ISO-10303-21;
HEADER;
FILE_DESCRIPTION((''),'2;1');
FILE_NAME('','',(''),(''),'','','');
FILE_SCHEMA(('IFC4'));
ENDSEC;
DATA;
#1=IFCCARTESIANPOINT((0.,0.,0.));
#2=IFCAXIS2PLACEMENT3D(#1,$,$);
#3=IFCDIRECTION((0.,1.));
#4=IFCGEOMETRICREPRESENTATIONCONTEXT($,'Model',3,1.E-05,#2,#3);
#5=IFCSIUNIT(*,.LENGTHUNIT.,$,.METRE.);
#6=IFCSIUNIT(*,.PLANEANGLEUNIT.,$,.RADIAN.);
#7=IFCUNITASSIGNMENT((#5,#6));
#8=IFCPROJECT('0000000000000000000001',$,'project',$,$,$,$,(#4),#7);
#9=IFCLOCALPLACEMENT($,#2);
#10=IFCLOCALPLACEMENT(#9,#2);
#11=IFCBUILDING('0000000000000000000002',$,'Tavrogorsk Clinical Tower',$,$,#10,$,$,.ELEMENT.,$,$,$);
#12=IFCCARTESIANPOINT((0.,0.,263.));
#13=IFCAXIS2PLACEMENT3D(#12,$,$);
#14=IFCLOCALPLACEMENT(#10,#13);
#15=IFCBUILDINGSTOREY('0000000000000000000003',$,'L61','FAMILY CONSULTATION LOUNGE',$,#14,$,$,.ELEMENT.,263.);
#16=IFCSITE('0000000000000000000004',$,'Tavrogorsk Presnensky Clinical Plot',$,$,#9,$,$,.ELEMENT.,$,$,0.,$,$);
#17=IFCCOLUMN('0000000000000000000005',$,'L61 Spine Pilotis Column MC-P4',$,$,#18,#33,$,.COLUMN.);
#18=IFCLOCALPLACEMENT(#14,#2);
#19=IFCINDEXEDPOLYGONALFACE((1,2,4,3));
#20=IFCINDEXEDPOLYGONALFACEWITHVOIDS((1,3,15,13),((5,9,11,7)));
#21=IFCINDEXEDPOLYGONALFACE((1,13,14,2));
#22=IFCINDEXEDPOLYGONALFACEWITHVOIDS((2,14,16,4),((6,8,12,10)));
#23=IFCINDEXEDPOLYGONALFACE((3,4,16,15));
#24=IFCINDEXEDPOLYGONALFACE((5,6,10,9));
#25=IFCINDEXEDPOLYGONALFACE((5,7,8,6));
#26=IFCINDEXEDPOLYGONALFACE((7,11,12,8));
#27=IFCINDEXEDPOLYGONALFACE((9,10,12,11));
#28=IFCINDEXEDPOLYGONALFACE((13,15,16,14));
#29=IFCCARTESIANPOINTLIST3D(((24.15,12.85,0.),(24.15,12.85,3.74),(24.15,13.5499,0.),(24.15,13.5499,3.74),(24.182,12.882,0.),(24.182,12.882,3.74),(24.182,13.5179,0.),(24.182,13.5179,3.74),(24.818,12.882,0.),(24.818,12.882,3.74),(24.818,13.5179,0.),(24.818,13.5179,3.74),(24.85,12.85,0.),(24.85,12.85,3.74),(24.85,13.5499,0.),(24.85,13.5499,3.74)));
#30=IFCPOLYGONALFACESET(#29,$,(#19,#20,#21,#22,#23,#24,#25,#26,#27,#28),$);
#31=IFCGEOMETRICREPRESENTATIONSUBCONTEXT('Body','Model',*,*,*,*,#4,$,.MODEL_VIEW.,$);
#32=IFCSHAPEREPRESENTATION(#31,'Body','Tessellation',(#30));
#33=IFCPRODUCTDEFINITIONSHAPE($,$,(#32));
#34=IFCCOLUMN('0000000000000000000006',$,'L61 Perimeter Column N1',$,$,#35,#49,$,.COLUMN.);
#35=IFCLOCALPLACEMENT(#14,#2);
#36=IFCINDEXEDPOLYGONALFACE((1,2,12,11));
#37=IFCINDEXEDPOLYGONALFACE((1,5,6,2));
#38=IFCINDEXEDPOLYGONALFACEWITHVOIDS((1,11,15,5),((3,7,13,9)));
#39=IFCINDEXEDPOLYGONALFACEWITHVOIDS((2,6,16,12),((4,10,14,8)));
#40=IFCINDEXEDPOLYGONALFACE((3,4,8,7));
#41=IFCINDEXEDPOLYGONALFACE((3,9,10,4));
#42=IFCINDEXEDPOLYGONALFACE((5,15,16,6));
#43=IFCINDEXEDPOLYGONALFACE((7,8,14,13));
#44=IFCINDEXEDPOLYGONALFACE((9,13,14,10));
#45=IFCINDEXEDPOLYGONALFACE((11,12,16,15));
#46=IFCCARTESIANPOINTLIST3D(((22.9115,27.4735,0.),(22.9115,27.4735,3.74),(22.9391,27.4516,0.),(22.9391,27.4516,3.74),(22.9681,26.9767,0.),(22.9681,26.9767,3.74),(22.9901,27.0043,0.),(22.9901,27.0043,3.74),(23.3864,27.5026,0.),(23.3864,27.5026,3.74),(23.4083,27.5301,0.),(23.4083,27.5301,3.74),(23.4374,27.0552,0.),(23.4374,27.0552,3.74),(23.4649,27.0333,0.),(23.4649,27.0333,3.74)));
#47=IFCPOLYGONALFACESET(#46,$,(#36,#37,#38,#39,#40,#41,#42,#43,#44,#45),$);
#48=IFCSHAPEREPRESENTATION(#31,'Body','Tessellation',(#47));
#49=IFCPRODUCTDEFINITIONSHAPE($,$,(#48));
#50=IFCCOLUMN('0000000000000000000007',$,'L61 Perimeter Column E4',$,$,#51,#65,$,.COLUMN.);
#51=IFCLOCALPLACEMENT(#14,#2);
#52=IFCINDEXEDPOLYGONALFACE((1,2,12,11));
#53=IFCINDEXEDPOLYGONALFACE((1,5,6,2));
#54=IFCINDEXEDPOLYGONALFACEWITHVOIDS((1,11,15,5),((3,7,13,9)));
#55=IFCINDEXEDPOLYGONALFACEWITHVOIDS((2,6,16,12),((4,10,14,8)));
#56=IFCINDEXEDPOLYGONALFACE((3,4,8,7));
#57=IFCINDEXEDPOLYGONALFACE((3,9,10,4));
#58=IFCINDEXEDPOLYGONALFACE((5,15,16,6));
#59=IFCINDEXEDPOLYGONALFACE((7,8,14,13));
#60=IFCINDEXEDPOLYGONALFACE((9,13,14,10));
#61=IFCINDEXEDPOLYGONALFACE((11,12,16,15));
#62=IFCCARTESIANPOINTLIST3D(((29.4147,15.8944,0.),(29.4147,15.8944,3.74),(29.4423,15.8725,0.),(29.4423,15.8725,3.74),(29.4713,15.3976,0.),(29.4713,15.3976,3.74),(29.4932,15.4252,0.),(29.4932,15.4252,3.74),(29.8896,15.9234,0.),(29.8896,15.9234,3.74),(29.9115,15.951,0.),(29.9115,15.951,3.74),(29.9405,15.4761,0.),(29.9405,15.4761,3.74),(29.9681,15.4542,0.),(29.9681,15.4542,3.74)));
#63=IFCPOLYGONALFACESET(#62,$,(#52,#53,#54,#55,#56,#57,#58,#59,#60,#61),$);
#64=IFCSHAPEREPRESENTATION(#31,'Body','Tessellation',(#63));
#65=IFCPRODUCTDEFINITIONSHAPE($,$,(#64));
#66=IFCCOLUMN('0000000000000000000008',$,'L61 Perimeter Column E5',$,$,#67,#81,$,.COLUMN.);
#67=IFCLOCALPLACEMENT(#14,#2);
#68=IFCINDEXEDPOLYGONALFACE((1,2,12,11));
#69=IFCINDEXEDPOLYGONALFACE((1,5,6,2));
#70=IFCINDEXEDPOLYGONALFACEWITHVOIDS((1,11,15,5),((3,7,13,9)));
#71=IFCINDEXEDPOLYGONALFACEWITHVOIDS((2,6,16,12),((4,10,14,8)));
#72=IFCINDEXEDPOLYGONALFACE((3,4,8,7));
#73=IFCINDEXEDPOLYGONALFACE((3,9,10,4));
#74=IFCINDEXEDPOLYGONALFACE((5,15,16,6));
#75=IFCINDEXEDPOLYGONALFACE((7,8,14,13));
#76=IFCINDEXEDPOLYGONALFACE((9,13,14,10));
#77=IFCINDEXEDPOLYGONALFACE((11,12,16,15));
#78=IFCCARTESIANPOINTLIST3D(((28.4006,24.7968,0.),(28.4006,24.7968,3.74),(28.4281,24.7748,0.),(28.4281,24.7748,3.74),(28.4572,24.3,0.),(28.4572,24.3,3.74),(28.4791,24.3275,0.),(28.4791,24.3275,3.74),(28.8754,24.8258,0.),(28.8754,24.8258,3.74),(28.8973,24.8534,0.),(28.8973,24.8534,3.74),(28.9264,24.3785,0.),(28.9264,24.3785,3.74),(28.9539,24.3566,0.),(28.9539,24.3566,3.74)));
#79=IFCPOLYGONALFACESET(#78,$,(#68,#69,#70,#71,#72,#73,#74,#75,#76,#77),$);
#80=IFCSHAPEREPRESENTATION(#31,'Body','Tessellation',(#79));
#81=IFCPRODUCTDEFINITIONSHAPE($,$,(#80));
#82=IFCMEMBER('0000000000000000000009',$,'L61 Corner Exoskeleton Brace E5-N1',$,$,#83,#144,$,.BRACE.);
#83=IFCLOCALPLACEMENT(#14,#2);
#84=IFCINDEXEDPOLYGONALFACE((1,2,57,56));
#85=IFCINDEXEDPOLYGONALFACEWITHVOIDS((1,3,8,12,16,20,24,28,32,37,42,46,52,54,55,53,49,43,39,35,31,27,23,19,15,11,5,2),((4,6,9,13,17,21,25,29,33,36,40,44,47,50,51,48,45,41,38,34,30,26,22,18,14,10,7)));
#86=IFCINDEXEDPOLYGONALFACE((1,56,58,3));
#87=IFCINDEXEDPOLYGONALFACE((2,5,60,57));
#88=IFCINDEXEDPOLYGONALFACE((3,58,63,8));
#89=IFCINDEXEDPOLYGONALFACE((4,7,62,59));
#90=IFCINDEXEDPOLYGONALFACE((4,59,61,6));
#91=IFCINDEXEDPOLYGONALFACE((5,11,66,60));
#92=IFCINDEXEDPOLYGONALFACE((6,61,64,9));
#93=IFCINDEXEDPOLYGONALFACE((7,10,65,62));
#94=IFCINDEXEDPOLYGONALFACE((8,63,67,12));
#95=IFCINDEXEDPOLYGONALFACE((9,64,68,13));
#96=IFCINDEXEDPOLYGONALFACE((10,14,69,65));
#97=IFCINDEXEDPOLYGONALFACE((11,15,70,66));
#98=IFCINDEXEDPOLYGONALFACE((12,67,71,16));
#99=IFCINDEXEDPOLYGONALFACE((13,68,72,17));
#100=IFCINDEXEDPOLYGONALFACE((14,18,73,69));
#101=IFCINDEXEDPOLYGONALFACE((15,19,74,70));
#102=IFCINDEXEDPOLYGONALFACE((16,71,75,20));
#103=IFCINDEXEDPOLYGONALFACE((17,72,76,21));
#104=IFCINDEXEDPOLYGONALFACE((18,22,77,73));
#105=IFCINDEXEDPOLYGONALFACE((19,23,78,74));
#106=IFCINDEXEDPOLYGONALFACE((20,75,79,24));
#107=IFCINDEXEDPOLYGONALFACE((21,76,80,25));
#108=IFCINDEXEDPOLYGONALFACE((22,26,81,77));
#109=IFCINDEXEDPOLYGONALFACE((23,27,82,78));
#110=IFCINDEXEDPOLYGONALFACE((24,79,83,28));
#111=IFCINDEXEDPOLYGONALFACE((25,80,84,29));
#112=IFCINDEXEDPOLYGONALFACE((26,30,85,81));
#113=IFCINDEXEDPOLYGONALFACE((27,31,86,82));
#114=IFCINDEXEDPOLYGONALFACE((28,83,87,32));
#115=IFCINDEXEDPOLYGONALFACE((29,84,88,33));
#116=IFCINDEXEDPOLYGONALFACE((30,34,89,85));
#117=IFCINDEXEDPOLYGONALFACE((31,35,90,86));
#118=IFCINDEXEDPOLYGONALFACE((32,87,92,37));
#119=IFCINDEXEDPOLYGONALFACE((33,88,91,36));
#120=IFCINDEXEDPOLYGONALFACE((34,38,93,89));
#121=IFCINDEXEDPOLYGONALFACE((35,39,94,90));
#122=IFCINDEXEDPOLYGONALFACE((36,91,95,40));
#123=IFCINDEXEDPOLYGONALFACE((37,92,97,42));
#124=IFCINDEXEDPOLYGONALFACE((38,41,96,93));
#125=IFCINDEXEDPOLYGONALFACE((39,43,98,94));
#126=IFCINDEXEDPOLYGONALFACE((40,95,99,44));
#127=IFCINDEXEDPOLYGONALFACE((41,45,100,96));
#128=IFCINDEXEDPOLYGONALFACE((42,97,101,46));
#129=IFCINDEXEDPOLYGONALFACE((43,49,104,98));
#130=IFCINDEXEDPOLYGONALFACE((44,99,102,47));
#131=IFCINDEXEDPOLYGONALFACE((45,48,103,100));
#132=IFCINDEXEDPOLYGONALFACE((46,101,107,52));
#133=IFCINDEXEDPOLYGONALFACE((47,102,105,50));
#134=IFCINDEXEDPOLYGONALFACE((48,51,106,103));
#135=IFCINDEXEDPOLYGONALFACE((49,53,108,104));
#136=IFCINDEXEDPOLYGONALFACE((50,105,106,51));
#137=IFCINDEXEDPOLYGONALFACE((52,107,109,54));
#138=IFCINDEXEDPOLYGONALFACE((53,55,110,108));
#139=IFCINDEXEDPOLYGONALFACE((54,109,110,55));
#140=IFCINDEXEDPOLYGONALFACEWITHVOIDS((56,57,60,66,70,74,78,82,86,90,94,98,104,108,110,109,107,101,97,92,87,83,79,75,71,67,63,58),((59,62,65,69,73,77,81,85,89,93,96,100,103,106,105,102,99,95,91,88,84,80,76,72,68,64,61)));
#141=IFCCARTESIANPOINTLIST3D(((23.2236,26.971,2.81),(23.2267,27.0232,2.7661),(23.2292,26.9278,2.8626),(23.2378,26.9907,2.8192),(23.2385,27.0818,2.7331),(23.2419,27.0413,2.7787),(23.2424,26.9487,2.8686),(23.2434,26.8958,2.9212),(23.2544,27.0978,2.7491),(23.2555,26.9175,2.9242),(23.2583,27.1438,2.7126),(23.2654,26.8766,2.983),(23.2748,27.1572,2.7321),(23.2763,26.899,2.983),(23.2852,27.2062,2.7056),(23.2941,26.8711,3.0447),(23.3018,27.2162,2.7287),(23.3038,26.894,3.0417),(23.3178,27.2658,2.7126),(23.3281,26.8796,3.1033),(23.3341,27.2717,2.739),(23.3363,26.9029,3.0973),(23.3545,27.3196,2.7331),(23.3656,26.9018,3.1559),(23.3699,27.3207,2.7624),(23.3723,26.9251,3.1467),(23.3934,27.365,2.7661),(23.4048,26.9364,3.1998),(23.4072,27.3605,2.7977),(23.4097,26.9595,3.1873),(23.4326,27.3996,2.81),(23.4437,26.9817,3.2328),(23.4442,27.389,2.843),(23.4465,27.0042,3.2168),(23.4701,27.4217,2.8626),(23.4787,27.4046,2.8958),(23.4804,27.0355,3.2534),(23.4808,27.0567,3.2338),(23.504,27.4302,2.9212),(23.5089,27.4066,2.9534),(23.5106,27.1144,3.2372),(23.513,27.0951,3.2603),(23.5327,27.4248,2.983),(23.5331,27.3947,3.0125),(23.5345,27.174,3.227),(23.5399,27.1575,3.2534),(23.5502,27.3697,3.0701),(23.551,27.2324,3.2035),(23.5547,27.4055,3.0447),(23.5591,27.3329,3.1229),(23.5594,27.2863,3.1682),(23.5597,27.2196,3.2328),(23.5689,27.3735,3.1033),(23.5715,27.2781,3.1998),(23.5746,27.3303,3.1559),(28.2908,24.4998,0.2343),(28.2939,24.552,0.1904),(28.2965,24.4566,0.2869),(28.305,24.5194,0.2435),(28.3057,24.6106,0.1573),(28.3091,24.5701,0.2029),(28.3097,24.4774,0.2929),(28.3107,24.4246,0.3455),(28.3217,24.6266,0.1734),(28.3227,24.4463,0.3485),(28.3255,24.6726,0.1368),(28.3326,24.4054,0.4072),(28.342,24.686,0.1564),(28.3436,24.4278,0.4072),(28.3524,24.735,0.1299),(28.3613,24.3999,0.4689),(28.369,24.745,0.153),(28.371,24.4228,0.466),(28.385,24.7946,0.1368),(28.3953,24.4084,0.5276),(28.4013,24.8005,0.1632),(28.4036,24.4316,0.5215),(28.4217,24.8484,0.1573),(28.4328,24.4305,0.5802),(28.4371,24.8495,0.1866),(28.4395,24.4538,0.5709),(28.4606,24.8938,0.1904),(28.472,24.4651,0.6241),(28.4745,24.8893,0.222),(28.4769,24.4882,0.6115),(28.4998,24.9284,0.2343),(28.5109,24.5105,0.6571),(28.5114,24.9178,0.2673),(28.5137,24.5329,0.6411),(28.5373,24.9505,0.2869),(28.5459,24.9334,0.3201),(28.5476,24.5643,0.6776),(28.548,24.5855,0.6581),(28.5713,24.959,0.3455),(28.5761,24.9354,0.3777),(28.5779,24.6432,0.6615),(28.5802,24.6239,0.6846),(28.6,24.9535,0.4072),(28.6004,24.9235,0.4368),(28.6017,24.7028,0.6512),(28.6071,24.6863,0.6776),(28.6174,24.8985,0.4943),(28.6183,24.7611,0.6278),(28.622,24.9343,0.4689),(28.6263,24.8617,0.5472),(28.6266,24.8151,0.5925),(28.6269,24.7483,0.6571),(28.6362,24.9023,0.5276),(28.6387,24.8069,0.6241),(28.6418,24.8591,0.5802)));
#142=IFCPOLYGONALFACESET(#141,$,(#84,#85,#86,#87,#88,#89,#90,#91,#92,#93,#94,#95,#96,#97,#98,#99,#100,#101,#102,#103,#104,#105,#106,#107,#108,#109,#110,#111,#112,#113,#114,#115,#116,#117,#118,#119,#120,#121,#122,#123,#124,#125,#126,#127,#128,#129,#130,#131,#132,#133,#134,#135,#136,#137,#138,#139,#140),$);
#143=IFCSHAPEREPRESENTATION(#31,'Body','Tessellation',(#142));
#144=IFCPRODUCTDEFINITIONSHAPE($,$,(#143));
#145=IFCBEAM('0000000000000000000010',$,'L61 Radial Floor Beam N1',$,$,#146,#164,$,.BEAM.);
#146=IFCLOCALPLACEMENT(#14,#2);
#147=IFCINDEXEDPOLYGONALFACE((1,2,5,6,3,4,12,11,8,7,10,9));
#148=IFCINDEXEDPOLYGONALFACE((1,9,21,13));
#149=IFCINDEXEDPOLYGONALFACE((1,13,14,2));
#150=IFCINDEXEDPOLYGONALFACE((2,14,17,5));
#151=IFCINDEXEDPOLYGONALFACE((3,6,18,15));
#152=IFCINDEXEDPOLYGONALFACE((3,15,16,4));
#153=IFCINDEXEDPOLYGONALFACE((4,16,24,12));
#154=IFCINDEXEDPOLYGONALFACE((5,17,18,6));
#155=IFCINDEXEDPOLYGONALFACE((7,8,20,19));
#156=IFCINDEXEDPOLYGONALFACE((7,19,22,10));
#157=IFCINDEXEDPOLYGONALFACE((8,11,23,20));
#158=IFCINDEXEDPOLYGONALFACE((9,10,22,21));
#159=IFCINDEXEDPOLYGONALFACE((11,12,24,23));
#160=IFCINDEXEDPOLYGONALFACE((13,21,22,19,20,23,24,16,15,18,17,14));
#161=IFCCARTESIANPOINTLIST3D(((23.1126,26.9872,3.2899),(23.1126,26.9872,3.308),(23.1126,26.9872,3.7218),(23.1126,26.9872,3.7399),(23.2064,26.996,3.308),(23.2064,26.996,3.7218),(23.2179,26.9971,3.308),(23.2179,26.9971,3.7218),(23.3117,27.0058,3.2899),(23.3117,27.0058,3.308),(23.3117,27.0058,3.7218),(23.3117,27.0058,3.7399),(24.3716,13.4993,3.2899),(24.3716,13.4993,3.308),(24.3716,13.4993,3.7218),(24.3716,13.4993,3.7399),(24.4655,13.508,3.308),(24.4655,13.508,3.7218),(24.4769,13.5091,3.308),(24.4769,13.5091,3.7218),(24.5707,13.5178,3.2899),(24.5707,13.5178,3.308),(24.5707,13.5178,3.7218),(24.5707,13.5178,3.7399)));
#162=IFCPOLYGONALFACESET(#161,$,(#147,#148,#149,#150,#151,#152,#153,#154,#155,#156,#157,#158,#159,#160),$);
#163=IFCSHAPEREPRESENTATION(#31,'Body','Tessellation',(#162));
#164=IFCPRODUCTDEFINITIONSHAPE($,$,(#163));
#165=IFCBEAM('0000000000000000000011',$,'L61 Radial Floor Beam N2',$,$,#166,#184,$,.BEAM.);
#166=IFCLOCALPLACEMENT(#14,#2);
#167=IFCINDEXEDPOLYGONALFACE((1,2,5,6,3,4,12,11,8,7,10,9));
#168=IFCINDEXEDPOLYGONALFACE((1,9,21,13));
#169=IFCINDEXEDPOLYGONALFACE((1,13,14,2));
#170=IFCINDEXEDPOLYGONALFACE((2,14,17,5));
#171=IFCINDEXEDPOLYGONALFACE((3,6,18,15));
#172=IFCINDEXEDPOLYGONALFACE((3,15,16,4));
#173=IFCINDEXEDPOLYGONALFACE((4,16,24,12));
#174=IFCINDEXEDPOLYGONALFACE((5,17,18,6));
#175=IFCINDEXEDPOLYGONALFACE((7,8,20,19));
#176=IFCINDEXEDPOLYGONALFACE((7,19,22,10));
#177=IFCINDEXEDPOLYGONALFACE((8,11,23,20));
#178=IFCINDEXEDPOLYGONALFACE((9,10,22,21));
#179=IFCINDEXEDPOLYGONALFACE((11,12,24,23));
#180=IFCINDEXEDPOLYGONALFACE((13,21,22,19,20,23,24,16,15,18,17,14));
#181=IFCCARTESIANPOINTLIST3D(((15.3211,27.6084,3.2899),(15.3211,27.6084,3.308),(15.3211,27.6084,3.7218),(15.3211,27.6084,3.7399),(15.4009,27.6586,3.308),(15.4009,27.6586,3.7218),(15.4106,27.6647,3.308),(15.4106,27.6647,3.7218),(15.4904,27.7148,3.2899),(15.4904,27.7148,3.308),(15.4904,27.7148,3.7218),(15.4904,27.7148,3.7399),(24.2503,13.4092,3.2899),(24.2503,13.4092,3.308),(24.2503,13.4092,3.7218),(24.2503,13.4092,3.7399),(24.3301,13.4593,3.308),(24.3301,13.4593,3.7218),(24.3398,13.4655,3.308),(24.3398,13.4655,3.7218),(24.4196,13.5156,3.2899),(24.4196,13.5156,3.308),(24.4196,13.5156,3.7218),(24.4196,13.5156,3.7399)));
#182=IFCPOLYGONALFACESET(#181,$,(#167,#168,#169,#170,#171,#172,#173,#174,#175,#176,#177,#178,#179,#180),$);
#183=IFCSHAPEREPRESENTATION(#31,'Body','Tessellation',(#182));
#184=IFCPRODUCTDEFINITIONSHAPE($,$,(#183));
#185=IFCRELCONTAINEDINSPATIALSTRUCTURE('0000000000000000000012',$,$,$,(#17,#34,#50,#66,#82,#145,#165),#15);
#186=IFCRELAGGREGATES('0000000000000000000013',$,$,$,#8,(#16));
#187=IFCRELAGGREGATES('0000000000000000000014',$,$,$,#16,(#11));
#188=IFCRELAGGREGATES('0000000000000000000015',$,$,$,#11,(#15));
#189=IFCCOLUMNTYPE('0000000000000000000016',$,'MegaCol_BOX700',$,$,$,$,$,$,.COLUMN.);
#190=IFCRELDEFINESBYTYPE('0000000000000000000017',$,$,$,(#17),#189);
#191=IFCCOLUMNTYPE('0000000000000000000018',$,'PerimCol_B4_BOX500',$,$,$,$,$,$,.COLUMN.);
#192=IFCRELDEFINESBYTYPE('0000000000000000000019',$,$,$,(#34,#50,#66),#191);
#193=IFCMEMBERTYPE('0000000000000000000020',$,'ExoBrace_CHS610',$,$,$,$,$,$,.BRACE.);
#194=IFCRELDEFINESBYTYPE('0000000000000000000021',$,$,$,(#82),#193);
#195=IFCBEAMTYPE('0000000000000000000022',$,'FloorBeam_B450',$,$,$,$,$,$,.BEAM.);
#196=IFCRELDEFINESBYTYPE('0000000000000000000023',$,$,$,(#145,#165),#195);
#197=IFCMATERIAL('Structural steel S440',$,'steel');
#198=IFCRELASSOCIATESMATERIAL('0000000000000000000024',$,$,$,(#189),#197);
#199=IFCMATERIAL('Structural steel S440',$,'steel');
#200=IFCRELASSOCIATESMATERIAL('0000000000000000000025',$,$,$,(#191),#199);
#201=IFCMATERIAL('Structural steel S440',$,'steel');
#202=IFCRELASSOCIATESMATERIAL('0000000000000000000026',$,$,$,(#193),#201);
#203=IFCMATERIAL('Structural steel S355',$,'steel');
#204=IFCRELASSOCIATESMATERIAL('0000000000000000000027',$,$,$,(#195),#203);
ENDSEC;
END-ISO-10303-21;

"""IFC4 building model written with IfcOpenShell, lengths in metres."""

from ifc_helpers import new_model, si_unit, direction, frame, origin, origin_2d, place, context, subcontext, project, spatial, hollow_rectangle, hollow_circle, i_section, extrude, material, material_profile, profile_set, type_object, element, save


model = new_model("IFC4")

# Units and contexts
model_context = context("Model", 3, precision=1e-05, world=origin(), true_north=direction((0.0, 1.0)))
body_context = subcontext(model_context, "Body", "Model", "MODEL_VIEW")
ifc_project = project(units=[si_unit("LENGTHUNIT", "METRE"), si_unit("PLANEANGLEUNIT", "RADIAN")], contexts=[model_context])

# Site, building, storey
site_placement = place(None, origin())
site = spatial("IfcSite", under=ifc_project, at=site_placement, Name="Tavrogorsk Presnensky Clinical Plot", CompositionType="ELEMENT", RefElevation=0.0)
building_placement = place(site_placement, origin())
building = spatial("IfcBuilding", under=site, at=building_placement, Name="Tavrogorsk Clinical Tower", CompositionType="ELEMENT")
storey_placement = place(building_placement, frame((0.0, 0.0, 263.0)))
storey = spatial("IfcBuildingStorey", under=building, at=storey_placement, Name="L61", Description="FAMILY CONSULTATION LOUNGE", CompositionType="ELEMENT", Elevation=263.0)

# Columns
ifc_material_1 = material(Name="Structural steel S440", Category="steel")
ifc_material_profile_1 = material_profile(ifc_material_1, hollow_rectangle(XDim=0.7, YDim=0.7, WallThickness=0.032, at=origin_2d()), Name="BOX-700x700x32")
ifc_profile_set_1 = profile_set([ifc_material_profile_1], Name="Structural steel S440")
column_type_1 = type_object("IfcColumnType", Name="MegaCol_BOX700", PredefinedType="COLUMN", material=ifc_profile_set_1)
column_placement = place(storey_placement, frame((24.5, 13.2, 0.0), z_axis=(0.0, 0.0, 1.0), x_axis=(1.0, 0.0, 0.0)))
element("IfcColumn", 1, at=column_placement, inside=storey, type_object=column_type_1, Name="L61 Spine Pilotis Column MC-P4", PredefinedType="COLUMN", context=body_context, shape_type="SweptSolid", body=[
    extrude(hollow_rectangle(XDim=0.7, YDim=0.7, WallThickness=0.032, at=origin_2d()), origin(), (0.0, 0.0, 1.0), 3.74),
])
ifc_material_2 = material(Name="Structural steel S440", Category="steel")
ifc_material_profile_2 = material_profile(ifc_material_2, hollow_rectangle(XDim=0.5, YDim=0.5, WallThickness=0.0249, at=origin_2d()), Name="BOX-500x500x25")
ifc_profile_set_2 = profile_set([ifc_material_profile_2], Name="Structural steel S440")
column_type_2 = type_object("IfcColumnType", Name="PerimCol_B4_BOX500", PredefinedType="COLUMN", material=ifc_profile_set_2)
for number, where, z_axis, x_axis, name in (
    (2, (23.1882, 27.2534, 0.0), (0.0, 0.0, 1.0), (0.993572, 0.113203, 0.0), "L61 Perimeter Column N1"),
    (3, (29.6914, 15.6743, 0.0), (0.0, 0.0, 1.0), (0.993572, 0.113203, 0.0), "L61 Perimeter Column E4"),
    (4, (28.6772, 24.5767, 0.0), (0.0, 0.0, 1.0), (0.993572, 0.113203, 0.0), "L61 Perimeter Column E5"),
):
    element("IfcColumn", number, at=place(storey_placement, frame(where, z_axis=z_axis, x_axis=x_axis)), inside=storey, type_object=column_type_2, Name=name, PredefinedType="COLUMN", context=body_context, shape_type="SweptSolid", body=[
        extrude(hollow_rectangle(XDim=0.5, YDim=0.5, WallThickness=0.0249, at=origin_2d()), origin(), (0.0, 0.0, 1.0), 3.74),
    ])

# Member
ifc_material_3 = material(Name="Structural steel S440", Category="steel")
ifc_material_profile_3 = material_profile(ifc_material_3, hollow_circle(Radius=0.3049, WallThickness=0.0249, at=origin_2d()), Name="CHS-610x25")
ifc_profile_set_3 = profile_set([ifc_material_profile_3], Name="Structural steel S440")
member_type_1 = type_object("IfcMemberType", Name="ExoBrace_CHS610", PredefinedType="BRACE", material=ifc_profile_set_3)
member_placement = place(storey_placement, frame((28.4663, 24.6794, 0.4072), z_axis=(-0.817527, 0.398699, 0.415558), x_axis=(-0.43834, -0.898809, 0.0)))
element("IfcMember", 5, at=member_placement, inside=storey, type_object=member_type_1, Name="L61 Corner Exoskeleton Brace E5-N1", PredefinedType="BRACE", context=body_context, shape_type="SweptSolid", body=[
    extrude(hollow_circle(Radius=0.3049, WallThickness=0.0249, at=origin_2d()), origin(), (0.0, 0.0, 1.0), 6.1982),
])

# Beams
ifc_material_4 = material(Name="Structural steel S355", Category="steel")
ifc_material_profile_4 = material_profile(ifc_material_4, i_section(OverallWidth=0.2, OverallDepth=0.45, WebThickness=0.0115, FlangeThickness=0.0181, at=origin_2d()), Name="B-450x200x11.5x18")
ifc_profile_set_4 = profile_set([ifc_material_profile_4], Name="Structural steel S355")
beam_type_1 = type_object("IfcBeamType", Name="FloorBeam_B450", PredefinedType="BEAM", material=ifc_profile_set_4)
beam_1_placement = place(storey_placement, frame((24.4712, 13.5085, 3.5149), z_axis=(-0.09294, 0.995672, 0.0), x_axis=(-0.995672, -0.09294, 0.0)))
element("IfcBeam", 6, at=beam_1_placement, inside=storey, type_object=beam_type_1, Name="L61 Radial Floor Beam N1", PredefinedType="BEAM", context=body_context, shape_type="SweptSolid", body=[
    extrude(i_section(OverallWidth=0.2, OverallDepth=0.45, WebThickness=0.0115, FlangeThickness=0.0181, at=origin_2d()), origin(), (0.0, 0.0, 1.0), 13.5466),
])
beam_2_placement = place(storey_placement, frame((24.335, 13.4624, 3.5149), z_axis=(-0.532341, 0.84653, 0.0), x_axis=(-0.84653, -0.532341, 0.0)))
element("IfcBeam", 7, at=beam_2_placement, inside=storey, type_object=beam_type_1, Name="L61 Radial Floor Beam N2", PredefinedType="BEAM", context=body_context, shape_type="SweptSolid", body=[
    extrude(i_section(OverallWidth=0.2, OverallDepth=0.45, WebThickness=0.0115, FlangeThickness=0.0181, at=origin_2d()), origin(), (0.0, 0.0, 1.0), 16.7734),
])

save(model, "model.ifc")
